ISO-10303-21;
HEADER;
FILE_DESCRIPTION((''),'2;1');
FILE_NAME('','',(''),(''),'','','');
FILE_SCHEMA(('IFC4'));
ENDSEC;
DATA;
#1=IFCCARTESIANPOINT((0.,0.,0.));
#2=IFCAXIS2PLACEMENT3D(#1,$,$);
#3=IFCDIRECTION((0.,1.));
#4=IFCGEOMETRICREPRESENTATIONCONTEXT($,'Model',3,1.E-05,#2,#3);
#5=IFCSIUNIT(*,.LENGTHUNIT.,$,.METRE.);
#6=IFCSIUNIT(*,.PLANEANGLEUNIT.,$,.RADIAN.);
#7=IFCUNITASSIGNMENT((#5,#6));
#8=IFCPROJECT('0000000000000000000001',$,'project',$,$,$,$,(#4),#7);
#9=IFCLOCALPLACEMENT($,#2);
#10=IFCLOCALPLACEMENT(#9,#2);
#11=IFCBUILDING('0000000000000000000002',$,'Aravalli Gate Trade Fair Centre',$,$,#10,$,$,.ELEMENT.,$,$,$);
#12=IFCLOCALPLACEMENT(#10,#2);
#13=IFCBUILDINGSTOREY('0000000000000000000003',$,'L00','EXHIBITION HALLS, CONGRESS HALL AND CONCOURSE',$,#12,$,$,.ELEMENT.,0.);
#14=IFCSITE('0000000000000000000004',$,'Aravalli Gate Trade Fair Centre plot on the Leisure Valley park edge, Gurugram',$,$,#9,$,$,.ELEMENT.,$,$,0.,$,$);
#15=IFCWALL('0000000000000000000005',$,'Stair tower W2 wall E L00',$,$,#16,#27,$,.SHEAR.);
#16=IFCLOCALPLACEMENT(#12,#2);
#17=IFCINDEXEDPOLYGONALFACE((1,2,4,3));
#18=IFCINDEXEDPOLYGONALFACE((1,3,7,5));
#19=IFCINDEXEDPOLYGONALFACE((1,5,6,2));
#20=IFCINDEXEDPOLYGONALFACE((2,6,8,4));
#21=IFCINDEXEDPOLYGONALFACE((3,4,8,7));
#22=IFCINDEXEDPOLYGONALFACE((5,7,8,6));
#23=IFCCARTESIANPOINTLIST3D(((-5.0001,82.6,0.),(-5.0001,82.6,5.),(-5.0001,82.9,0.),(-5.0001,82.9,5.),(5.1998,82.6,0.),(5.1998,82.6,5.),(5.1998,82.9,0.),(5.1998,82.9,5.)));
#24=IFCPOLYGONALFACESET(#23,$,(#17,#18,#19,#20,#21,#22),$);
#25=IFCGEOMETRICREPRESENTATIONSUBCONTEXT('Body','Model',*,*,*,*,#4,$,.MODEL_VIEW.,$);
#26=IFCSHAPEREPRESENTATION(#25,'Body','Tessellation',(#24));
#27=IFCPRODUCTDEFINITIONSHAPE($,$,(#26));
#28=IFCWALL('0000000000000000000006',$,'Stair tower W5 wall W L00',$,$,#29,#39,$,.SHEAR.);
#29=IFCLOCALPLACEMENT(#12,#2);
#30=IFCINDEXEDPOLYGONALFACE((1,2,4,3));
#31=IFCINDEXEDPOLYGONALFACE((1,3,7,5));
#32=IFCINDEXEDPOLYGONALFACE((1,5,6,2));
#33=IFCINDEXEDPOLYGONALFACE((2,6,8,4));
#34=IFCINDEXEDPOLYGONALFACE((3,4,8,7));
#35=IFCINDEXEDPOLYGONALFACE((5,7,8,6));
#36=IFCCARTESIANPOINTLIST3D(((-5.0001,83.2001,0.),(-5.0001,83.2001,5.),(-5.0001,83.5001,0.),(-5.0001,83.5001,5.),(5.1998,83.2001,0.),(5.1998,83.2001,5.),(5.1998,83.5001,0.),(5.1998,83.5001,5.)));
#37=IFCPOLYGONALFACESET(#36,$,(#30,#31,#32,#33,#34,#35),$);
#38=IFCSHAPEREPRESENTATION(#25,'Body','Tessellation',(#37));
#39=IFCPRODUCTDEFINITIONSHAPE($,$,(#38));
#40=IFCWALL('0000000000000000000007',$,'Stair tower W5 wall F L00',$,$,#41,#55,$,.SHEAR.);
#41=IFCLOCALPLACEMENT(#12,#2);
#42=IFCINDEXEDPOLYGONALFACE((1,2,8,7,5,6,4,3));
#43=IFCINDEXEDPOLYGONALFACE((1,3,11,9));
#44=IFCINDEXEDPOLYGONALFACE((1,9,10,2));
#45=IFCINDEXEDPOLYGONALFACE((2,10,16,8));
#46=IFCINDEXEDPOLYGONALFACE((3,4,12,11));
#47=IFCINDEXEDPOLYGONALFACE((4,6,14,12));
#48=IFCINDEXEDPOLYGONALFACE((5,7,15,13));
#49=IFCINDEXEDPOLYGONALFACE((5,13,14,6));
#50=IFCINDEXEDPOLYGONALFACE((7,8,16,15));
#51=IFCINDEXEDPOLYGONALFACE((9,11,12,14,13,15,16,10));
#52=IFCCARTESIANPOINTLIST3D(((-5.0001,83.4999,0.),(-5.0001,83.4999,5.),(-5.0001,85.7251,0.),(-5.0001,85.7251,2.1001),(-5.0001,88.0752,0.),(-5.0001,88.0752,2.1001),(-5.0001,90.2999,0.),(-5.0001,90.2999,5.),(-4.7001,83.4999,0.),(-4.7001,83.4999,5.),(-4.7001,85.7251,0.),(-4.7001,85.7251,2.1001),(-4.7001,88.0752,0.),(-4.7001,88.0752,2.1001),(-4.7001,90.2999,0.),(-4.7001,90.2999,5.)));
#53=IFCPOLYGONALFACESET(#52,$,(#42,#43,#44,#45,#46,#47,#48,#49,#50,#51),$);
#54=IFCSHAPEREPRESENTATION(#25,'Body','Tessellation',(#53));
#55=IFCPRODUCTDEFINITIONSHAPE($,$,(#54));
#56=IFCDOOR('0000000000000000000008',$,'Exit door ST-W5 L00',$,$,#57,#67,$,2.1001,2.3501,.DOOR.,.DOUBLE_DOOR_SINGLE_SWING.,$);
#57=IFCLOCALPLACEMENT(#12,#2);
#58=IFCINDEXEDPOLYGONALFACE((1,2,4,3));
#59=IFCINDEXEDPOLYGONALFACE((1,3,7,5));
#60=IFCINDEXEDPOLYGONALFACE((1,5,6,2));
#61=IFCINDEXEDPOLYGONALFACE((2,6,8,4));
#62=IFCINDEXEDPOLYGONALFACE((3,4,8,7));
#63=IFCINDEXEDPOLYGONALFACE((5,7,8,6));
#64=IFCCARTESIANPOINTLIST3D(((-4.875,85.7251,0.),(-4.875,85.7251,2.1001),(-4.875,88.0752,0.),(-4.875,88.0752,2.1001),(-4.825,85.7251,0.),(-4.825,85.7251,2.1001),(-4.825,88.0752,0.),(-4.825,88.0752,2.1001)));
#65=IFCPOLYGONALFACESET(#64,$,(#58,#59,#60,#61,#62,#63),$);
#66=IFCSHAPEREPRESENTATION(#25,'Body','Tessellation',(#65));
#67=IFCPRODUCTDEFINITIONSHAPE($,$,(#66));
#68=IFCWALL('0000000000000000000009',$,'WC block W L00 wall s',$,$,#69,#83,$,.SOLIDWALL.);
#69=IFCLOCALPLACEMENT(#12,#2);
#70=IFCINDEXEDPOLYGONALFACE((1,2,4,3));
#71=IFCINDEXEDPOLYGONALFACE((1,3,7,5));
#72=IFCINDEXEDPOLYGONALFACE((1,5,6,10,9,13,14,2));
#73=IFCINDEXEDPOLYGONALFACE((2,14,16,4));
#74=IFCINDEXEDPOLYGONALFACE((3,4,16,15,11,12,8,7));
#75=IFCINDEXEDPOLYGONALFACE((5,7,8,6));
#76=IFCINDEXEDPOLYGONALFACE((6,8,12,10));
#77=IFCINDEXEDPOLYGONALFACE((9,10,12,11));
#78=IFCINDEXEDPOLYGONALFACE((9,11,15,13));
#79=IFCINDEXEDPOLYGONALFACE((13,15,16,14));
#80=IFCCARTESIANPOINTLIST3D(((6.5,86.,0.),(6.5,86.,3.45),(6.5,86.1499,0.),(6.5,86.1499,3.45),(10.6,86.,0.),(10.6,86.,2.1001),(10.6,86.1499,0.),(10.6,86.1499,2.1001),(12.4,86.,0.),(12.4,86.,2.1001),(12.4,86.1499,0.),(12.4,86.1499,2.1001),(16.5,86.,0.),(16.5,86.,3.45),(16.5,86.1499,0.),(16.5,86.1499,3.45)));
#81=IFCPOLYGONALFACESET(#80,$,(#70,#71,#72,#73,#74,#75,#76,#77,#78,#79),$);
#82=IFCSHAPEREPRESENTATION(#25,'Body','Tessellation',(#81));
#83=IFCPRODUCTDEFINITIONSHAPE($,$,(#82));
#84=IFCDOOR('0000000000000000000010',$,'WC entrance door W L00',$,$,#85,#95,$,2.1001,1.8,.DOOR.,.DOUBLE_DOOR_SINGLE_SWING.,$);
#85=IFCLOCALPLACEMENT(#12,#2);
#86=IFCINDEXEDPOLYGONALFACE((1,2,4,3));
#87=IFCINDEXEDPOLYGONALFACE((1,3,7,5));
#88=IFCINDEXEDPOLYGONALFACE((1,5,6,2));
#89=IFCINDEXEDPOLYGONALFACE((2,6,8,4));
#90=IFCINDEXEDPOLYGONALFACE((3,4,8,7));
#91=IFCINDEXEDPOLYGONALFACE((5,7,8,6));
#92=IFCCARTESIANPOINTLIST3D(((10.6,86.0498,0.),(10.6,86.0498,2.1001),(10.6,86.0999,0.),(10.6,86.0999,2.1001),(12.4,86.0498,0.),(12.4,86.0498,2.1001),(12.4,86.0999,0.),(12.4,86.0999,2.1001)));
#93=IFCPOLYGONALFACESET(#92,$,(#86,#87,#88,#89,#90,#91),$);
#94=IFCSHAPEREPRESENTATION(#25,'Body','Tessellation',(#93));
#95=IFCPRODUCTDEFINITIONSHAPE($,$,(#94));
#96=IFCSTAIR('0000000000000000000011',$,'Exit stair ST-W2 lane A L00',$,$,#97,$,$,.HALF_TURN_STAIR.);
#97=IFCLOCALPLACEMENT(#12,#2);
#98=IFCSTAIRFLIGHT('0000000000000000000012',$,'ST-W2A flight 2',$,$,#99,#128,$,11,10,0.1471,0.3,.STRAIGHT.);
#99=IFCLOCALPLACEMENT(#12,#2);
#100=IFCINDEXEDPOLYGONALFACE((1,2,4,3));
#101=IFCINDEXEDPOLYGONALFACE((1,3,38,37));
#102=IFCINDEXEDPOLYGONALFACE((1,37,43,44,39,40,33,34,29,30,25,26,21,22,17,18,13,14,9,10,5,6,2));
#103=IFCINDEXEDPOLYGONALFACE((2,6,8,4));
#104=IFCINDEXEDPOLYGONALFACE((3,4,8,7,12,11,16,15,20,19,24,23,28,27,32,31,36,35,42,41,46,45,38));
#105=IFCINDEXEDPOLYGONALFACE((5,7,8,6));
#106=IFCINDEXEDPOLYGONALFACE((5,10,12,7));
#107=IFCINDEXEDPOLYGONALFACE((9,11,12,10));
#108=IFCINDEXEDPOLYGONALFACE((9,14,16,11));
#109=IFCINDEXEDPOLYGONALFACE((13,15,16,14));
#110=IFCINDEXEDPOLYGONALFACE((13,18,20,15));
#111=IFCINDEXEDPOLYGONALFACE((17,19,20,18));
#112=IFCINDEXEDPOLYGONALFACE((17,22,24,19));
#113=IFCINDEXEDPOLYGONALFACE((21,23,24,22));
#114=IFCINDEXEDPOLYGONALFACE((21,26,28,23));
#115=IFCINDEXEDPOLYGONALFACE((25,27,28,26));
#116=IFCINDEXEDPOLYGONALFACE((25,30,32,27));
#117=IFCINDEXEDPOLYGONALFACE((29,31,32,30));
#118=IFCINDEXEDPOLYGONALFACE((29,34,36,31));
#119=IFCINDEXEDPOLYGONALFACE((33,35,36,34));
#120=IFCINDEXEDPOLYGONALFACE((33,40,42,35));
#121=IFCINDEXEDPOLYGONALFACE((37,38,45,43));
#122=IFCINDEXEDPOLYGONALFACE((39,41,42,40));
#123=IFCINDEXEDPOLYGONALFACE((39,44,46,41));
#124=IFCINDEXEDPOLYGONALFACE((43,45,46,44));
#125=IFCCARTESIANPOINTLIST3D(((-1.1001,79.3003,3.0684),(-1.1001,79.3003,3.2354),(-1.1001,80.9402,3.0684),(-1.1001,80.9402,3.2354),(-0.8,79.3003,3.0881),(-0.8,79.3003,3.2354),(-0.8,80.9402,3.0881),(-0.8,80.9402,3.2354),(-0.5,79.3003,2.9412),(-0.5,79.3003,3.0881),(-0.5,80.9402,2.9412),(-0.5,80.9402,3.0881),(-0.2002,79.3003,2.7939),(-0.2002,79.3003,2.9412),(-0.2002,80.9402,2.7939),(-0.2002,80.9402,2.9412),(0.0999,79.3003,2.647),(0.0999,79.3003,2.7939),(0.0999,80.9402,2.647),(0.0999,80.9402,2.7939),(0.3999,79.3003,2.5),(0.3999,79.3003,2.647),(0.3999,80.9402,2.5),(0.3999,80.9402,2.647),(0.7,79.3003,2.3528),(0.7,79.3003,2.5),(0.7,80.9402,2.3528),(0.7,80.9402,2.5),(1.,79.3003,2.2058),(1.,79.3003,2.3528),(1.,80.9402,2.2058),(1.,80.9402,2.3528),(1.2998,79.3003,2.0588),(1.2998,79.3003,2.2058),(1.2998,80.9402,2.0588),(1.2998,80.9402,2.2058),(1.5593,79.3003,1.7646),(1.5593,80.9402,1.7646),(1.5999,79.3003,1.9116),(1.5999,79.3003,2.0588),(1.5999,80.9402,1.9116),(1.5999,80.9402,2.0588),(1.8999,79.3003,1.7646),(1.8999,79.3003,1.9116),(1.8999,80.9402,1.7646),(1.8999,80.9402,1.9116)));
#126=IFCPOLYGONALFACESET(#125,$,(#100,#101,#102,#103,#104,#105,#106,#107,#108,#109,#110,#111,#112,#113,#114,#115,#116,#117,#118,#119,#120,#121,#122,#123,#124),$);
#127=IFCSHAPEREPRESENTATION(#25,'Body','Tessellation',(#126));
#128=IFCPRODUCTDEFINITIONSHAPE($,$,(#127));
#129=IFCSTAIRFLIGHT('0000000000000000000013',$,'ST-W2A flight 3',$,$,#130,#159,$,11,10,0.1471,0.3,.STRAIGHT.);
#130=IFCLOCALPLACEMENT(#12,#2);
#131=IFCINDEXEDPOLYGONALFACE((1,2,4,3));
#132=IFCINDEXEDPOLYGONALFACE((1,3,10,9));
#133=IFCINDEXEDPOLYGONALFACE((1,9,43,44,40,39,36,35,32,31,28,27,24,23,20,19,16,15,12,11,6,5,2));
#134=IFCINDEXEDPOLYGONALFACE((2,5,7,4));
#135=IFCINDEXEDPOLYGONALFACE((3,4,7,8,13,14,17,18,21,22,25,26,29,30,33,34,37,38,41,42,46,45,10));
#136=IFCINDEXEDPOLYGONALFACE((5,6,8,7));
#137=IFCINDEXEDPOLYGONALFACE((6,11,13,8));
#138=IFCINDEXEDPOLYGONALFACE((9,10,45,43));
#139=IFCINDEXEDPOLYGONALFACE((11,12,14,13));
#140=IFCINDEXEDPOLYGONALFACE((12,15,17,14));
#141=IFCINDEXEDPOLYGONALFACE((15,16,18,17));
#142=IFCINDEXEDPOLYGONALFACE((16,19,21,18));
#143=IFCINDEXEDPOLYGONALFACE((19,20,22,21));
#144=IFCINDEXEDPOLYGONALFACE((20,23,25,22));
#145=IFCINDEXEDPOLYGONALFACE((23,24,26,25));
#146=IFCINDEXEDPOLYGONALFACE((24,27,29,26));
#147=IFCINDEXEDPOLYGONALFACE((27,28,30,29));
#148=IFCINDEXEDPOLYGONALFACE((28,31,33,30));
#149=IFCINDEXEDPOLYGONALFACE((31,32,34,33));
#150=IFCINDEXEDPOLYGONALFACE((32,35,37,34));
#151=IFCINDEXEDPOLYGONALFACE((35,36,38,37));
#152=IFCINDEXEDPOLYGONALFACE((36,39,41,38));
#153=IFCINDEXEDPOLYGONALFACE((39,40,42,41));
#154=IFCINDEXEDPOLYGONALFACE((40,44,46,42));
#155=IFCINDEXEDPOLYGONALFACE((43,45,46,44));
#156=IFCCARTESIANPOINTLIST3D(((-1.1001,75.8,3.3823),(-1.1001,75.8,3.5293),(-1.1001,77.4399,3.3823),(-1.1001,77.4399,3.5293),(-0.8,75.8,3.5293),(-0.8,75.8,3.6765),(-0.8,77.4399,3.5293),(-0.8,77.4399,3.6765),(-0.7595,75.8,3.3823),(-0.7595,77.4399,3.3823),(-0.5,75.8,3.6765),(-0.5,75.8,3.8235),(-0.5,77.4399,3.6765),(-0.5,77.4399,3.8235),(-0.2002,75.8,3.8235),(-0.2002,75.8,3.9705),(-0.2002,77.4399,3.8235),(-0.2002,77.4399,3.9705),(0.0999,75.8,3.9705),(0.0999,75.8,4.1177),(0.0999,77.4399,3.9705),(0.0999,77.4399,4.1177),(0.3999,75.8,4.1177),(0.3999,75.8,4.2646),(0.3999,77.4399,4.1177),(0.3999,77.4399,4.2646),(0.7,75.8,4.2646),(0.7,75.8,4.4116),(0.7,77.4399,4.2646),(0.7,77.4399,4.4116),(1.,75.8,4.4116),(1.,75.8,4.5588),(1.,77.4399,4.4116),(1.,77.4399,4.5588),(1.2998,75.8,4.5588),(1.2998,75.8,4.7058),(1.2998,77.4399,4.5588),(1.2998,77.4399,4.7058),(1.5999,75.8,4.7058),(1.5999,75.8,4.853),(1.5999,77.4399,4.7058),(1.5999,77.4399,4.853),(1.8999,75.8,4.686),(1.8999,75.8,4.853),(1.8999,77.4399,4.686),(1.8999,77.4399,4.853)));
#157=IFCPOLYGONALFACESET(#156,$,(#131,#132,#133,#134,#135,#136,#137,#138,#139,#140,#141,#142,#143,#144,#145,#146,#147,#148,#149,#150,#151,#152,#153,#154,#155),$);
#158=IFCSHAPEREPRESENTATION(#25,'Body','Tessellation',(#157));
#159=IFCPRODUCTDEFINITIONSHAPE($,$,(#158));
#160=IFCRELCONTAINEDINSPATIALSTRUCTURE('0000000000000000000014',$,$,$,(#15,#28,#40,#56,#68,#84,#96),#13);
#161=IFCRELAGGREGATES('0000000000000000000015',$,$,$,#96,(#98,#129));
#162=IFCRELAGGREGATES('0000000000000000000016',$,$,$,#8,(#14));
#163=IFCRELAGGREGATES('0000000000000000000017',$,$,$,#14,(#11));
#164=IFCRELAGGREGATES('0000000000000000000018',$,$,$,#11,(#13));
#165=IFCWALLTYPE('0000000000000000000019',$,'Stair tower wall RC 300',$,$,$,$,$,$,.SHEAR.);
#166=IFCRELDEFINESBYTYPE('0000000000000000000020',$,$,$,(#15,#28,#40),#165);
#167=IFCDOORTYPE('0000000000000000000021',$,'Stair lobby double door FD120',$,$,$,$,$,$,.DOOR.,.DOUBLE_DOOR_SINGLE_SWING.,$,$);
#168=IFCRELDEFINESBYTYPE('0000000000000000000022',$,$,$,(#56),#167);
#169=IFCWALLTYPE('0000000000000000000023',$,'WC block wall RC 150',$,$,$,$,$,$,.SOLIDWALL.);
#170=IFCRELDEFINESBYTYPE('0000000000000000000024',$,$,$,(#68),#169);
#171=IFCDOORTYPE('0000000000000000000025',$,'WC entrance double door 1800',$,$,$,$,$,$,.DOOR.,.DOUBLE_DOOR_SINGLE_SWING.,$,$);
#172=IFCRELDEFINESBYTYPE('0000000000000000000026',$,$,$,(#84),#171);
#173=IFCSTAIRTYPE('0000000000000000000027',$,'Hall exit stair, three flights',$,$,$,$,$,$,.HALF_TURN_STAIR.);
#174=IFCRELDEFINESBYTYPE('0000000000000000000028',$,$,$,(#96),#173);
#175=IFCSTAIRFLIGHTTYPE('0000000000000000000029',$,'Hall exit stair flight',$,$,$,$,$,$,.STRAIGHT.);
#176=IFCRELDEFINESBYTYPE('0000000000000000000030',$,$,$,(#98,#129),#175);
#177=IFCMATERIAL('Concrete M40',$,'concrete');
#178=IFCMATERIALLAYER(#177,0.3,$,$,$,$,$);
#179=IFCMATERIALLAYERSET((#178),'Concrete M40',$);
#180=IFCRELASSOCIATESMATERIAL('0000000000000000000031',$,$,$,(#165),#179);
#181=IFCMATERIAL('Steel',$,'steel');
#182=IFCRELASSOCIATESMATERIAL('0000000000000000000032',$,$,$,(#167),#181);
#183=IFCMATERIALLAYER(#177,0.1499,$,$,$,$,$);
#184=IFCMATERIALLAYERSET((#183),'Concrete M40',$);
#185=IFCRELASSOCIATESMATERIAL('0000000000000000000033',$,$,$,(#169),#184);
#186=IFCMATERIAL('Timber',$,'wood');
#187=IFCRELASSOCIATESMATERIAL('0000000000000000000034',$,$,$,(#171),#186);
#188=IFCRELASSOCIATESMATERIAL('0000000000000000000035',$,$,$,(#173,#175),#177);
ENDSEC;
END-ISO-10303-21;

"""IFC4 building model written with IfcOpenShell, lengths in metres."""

from ifc_helpers import new_model, si_unit, direction, frame, frame_2d, origin, place, context, subcontext, project, spatial, polyline, rectangle, outline, extrude, material, layer, layer_set, type_object, element, fill, aggregate, save


model = new_model("IFC4")

# Units and contexts
model_context = context("Model", 3, precision=1e-05, world=origin(), true_north=direction((0.0, 1.0)))
body_context = subcontext(model_context, "Body", "Model", "MODEL_VIEW")
ifc_project = project(units=[si_unit("LENGTHUNIT", "METRE"), si_unit("PLANEANGLEUNIT", "RADIAN")], contexts=[model_context])

# Site, building, storey
site_placement = place(None, origin())
site = spatial("IfcSite", under=ifc_project, at=site_placement, Name="Aravalli Gate Trade Fair Centre plot on the Leisure Valley park edge, Gurugram", CompositionType="ELEMENT", RefElevation=0.0)
building_placement = place(site_placement, origin())
building = spatial("IfcBuilding", under=site, at=building_placement, Name="Aravalli Gate Trade Fair Centre", CompositionType="ELEMENT")
storey_placement = place(building_placement, origin())
storey = spatial("IfcBuildingStorey", under=building, at=storey_placement, Name="L00", Description="EXHIBITION HALLS, CONGRESS HALL AND CONCOURSE", CompositionType="ELEMENT", Elevation=0.0)

# Walls
ifc_material_1 = material(Name="Concrete M40", Category="concrete")
ifc_layer_1 = layer(ifc_material_1, 0.3)
ifc_layer_set_1 = layer_set([ifc_layer_1], Name="Concrete M40")
wall_type_1 = type_object("IfcWallType", Name="Stair tower wall RC 300", PredefinedType="SHEAR", material=ifc_layer_set_1)
for number, where, z_axis, x_axis, name in (
    (1, (5.2, 82.75, 0.0), (0.0, 0.0, 1.0), (-1.0, 0.0, 0.0), "Stair tower W2 wall E L00"),
    (2, (5.2, 83.3501, 0.0), (0.0, 0.0, 1.0), (-1.0, 0.0, 0.0), "Stair tower W5 wall W L00"),
):
    element("IfcWall", number, at=place(storey_placement, frame(where, z_axis=z_axis, x_axis=x_axis)), inside=storey, type_object=wall_type_1, Name=name, PredefinedType="SHEAR", context=body_context, shape_type="SweptSolid", body=[
        extrude(rectangle(XDim=10.2, YDim=0.3, at=frame_2d((5.1001, 0.0))), origin(), (0.0, 0.0, 1.0), 5.0),
    ])

# Walls, openings, doors
wall_1_placement = place(storey_placement, frame((-4.8501, 83.5, 0.0), z_axis=(0.0, 0.0, 1.0), x_axis=(0.0, 1.0, 0.0)))
wall_1 = element("IfcWall", 3, at=wall_1_placement, inside=storey, type_object=wall_type_1, Name="Stair tower W5 wall F L00", PredefinedType="SHEAR", context=body_context, shape_type="SweptSolid", body=[
    extrude(rectangle(XDim=6.8, YDim=0.3, at=frame_2d((3.3999, 0.0))), origin(), (0.0, 0.0, 1.0), 5.0),
])
opening_1_placement = place(wall_1_placement, frame((2.2251, 0.0, 0.0)))
opening_1 = element("IfcOpeningElement", 4, at=opening_1_placement, cuts=wall_1, PredefinedType="OPENING", context=body_context, shape_type="SweptSolid", body=[
    extrude(rectangle(XDim=2.3501, YDim=2.1001, at=frame_2d((1.175, 1.05))), frame((0.0, 0.1599, 0.0), z_axis=(0.0, -1.0, 0.0), x_axis=(1.0, 0.0, 0.0)), (0.0, 0.0, 1.0), 0.3201),
])
ifc_material_2 = material(Name="Steel", Category="steel")
door_type_1 = type_object("IfcDoorType", Name="Stair lobby double door FD120", OperationType="DOUBLE_DOOR_SINGLE_SWING", PredefinedType="DOOR", material=ifc_material_2)
door_1_placement = place(opening_1_placement, origin())
door_1 = element("IfcDoor", 5, at=door_1_placement, inside=storey, type_object=door_type_1, Name="Exit door ST-W5 L00", OperationType="DOUBLE_DOOR_SINGLE_SWING", OverallHeight=2.1001, OverallWidth=2.3501, PredefinedType="DOOR", context=body_context, shape_type="SweptSolid", body=[
    extrude(rectangle(XDim=2.3501, YDim=2.1001, at=frame_2d((1.175, 1.05))), frame((0.0, 0.0249, 0.0), z_axis=(0.0, -1.0, 0.0), x_axis=(1.0, 0.0, 0.0)), (0.0, 0.0, 1.0), 0.05),
])
fill(opening_1, door_1)
ifc_layer_2 = layer(ifc_material_1, 0.1499)
ifc_layer_set_2 = layer_set([ifc_layer_2], Name="Concrete M40")
wall_type_2 = type_object("IfcWallType", Name="WC block wall RC 150", PredefinedType="SOLIDWALL", material=ifc_layer_set_2)
wall_2_placement = place(storey_placement, frame((6.5, 86.075, 0.0), z_axis=(0.0, 0.0, 1.0), x_axis=(1.0, 0.0, 0.0)))
wall_2 = element("IfcWall", 6, at=wall_2_placement, inside=storey, type_object=wall_type_2, Name="WC block W L00 wall s", PredefinedType="SOLIDWALL", context=body_context, shape_type="SweptSolid", body=[
    extrude(rectangle(XDim=10.0, YDim=0.1499, at=frame_2d((5.0, 0.0))), origin(), (0.0, 0.0, 1.0), 3.45),
])
opening_2_placement = place(wall_2_placement, frame((4.1001, 0.0, 0.0)))
opening_2 = element("IfcOpeningElement", 7, at=opening_2_placement, cuts=wall_2, PredefinedType="OPENING", context=body_context, shape_type="SweptSolid", body=[
    extrude(rectangle(XDim=1.8, YDim=2.1001, at=frame_2d((0.8999, 1.05))), frame((0.0, 0.085, 0.0), z_axis=(0.0, -1.0, 0.0), x_axis=(1.0, 0.0, 0.0)), (0.0, 0.0, 1.0), 0.1699),
])
ifc_material_3 = material(Name="Timber", Category="wood")
door_type_2 = type_object("IfcDoorType", Name="WC entrance double door 1800", OperationType="DOUBLE_DOOR_SINGLE_SWING", PredefinedType="DOOR", material=ifc_material_3)
door_2_placement = place(opening_2_placement, origin())
door_2 = element("IfcDoor", 8, at=door_2_placement, inside=storey, type_object=door_type_2, Name="WC entrance door W L00", OperationType="DOUBLE_DOOR_SINGLE_SWING", OverallHeight=2.1001, OverallWidth=1.8, PredefinedType="DOOR", context=body_context, shape_type="SweptSolid", body=[
    extrude(rectangle(XDim=1.8, YDim=2.1001, at=frame_2d((0.8999, 1.05))), frame((0.0, 0.0249, 0.0), z_axis=(0.0, -1.0, 0.0), x_axis=(1.0, 0.0, 0.0)), (0.0, 0.0, 1.0), 0.05),
])
fill(opening_2, door_2)

# Stair, stair flights
stair_type = type_object("IfcStairType", Name="Hall exit stair, three flights", PredefinedType="HALF_TURN_STAIR", material=ifc_material_1)
stair_1_placement = place(storey_placement, origin())
stair_1 = element("IfcStair", 9, at=stair_1_placement, inside=storey, type_object=stair_type, Name="Exit stair ST-W2 lane A L00", PredefinedType="HALF_TURN_STAIR")
stair_flight_type = type_object("IfcStairFlightType", Name="Hall exit stair flight", PredefinedType="STRAIGHT", material=ifc_material_1)
stair_flight_1_placement = place(storey_placement, frame((1.8999, 80.1201, 1.7646), z_axis=(0.0, 0.0, 1.0), x_axis=(-1.0, 0.0, 0.0)))
stair_flight_1 = element("IfcStairFlight", 10, at=stair_flight_1_placement, type_object=stair_flight_type, Name="ST-W2A flight 2", NumberOfRisers=11, NumberOfTreads=10, PredefinedType="STRAIGHT", RiserHeight=0.1471, TreadLength=0.3, context=body_context, shape_type="SweptSolid", body=[
    extrude(outline(polyline([(0.0, 0.0), (0.0, 0.147), (0.3, 0.147), (0.3, 0.2942), (0.6001, 0.2942), (0.6001, 0.4412), (0.8999, 0.4412), (0.8999, 0.5881), (1.2, 0.5881), (1.2, 0.7354), (1.5, 0.7354), (1.5, 0.8823), (1.8, 0.8823), (1.8, 1.0293), (2.1001, 1.0293), (2.1001, 1.1765), (2.3999, 1.1765), (2.3999, 1.3235), (2.7, 1.3235), (2.7, 1.4707), (3.0, 1.4707), (3.0, 1.6177), (3.0, 1.3037), (0.3406, 0.0), (0.0, 0.0)])), frame((0.0, 0.8198, 0.0), z_axis=(0.0, -1.0, 0.0), x_axis=(1.0, 0.0, 0.0)), (0.0, 0.0, 1.0), 1.6399),
])
stair_flight_2_placement = place(storey_placement, frame((-1.1001, 76.6201, 3.3823), z_axis=(0.0, 0.0, 1.0), x_axis=(1.0, 0.0, 0.0)))
stair_flight_2 = element("IfcStairFlight", 11, at=stair_flight_2_placement, type_object=stair_flight_type, Name="ST-W2A flight 3", NumberOfRisers=11, NumberOfTreads=10, PredefinedType="STRAIGHT", RiserHeight=0.1471, TreadLength=0.3, context=body_context, shape_type="SweptSolid", body=[
    extrude(outline(polyline([(0.0, 0.0), (0.0, 0.147), (0.3, 0.147), (0.3, 0.2942), (0.6001, 0.2942), (0.6001, 0.4412), (0.8999, 0.4412), (0.8999, 0.5881), (1.2, 0.5881), (1.2, 0.7354), (1.5, 0.7354), (1.5, 0.8823), (1.8, 0.8823), (1.8, 1.0293), (2.1001, 1.0293), (2.1001, 1.1765), (2.3999, 1.1765), (2.3999, 1.3235), (2.7, 1.3235), (2.7, 1.4707), (3.0, 1.4707), (3.0, 1.6177), (3.0, 1.3037), (0.3406, 0.0), (0.0, 0.0)])), frame((0.0, 0.8198, 0.0), z_axis=(0.0, -1.0, 0.0), x_axis=(1.0, 0.0, 0.0)), (0.0, 0.0, 1.0), 1.6399),
])
aggregate(stair_1, [stair_flight_1, stair_flight_2])

save(model, "model.ifc")
